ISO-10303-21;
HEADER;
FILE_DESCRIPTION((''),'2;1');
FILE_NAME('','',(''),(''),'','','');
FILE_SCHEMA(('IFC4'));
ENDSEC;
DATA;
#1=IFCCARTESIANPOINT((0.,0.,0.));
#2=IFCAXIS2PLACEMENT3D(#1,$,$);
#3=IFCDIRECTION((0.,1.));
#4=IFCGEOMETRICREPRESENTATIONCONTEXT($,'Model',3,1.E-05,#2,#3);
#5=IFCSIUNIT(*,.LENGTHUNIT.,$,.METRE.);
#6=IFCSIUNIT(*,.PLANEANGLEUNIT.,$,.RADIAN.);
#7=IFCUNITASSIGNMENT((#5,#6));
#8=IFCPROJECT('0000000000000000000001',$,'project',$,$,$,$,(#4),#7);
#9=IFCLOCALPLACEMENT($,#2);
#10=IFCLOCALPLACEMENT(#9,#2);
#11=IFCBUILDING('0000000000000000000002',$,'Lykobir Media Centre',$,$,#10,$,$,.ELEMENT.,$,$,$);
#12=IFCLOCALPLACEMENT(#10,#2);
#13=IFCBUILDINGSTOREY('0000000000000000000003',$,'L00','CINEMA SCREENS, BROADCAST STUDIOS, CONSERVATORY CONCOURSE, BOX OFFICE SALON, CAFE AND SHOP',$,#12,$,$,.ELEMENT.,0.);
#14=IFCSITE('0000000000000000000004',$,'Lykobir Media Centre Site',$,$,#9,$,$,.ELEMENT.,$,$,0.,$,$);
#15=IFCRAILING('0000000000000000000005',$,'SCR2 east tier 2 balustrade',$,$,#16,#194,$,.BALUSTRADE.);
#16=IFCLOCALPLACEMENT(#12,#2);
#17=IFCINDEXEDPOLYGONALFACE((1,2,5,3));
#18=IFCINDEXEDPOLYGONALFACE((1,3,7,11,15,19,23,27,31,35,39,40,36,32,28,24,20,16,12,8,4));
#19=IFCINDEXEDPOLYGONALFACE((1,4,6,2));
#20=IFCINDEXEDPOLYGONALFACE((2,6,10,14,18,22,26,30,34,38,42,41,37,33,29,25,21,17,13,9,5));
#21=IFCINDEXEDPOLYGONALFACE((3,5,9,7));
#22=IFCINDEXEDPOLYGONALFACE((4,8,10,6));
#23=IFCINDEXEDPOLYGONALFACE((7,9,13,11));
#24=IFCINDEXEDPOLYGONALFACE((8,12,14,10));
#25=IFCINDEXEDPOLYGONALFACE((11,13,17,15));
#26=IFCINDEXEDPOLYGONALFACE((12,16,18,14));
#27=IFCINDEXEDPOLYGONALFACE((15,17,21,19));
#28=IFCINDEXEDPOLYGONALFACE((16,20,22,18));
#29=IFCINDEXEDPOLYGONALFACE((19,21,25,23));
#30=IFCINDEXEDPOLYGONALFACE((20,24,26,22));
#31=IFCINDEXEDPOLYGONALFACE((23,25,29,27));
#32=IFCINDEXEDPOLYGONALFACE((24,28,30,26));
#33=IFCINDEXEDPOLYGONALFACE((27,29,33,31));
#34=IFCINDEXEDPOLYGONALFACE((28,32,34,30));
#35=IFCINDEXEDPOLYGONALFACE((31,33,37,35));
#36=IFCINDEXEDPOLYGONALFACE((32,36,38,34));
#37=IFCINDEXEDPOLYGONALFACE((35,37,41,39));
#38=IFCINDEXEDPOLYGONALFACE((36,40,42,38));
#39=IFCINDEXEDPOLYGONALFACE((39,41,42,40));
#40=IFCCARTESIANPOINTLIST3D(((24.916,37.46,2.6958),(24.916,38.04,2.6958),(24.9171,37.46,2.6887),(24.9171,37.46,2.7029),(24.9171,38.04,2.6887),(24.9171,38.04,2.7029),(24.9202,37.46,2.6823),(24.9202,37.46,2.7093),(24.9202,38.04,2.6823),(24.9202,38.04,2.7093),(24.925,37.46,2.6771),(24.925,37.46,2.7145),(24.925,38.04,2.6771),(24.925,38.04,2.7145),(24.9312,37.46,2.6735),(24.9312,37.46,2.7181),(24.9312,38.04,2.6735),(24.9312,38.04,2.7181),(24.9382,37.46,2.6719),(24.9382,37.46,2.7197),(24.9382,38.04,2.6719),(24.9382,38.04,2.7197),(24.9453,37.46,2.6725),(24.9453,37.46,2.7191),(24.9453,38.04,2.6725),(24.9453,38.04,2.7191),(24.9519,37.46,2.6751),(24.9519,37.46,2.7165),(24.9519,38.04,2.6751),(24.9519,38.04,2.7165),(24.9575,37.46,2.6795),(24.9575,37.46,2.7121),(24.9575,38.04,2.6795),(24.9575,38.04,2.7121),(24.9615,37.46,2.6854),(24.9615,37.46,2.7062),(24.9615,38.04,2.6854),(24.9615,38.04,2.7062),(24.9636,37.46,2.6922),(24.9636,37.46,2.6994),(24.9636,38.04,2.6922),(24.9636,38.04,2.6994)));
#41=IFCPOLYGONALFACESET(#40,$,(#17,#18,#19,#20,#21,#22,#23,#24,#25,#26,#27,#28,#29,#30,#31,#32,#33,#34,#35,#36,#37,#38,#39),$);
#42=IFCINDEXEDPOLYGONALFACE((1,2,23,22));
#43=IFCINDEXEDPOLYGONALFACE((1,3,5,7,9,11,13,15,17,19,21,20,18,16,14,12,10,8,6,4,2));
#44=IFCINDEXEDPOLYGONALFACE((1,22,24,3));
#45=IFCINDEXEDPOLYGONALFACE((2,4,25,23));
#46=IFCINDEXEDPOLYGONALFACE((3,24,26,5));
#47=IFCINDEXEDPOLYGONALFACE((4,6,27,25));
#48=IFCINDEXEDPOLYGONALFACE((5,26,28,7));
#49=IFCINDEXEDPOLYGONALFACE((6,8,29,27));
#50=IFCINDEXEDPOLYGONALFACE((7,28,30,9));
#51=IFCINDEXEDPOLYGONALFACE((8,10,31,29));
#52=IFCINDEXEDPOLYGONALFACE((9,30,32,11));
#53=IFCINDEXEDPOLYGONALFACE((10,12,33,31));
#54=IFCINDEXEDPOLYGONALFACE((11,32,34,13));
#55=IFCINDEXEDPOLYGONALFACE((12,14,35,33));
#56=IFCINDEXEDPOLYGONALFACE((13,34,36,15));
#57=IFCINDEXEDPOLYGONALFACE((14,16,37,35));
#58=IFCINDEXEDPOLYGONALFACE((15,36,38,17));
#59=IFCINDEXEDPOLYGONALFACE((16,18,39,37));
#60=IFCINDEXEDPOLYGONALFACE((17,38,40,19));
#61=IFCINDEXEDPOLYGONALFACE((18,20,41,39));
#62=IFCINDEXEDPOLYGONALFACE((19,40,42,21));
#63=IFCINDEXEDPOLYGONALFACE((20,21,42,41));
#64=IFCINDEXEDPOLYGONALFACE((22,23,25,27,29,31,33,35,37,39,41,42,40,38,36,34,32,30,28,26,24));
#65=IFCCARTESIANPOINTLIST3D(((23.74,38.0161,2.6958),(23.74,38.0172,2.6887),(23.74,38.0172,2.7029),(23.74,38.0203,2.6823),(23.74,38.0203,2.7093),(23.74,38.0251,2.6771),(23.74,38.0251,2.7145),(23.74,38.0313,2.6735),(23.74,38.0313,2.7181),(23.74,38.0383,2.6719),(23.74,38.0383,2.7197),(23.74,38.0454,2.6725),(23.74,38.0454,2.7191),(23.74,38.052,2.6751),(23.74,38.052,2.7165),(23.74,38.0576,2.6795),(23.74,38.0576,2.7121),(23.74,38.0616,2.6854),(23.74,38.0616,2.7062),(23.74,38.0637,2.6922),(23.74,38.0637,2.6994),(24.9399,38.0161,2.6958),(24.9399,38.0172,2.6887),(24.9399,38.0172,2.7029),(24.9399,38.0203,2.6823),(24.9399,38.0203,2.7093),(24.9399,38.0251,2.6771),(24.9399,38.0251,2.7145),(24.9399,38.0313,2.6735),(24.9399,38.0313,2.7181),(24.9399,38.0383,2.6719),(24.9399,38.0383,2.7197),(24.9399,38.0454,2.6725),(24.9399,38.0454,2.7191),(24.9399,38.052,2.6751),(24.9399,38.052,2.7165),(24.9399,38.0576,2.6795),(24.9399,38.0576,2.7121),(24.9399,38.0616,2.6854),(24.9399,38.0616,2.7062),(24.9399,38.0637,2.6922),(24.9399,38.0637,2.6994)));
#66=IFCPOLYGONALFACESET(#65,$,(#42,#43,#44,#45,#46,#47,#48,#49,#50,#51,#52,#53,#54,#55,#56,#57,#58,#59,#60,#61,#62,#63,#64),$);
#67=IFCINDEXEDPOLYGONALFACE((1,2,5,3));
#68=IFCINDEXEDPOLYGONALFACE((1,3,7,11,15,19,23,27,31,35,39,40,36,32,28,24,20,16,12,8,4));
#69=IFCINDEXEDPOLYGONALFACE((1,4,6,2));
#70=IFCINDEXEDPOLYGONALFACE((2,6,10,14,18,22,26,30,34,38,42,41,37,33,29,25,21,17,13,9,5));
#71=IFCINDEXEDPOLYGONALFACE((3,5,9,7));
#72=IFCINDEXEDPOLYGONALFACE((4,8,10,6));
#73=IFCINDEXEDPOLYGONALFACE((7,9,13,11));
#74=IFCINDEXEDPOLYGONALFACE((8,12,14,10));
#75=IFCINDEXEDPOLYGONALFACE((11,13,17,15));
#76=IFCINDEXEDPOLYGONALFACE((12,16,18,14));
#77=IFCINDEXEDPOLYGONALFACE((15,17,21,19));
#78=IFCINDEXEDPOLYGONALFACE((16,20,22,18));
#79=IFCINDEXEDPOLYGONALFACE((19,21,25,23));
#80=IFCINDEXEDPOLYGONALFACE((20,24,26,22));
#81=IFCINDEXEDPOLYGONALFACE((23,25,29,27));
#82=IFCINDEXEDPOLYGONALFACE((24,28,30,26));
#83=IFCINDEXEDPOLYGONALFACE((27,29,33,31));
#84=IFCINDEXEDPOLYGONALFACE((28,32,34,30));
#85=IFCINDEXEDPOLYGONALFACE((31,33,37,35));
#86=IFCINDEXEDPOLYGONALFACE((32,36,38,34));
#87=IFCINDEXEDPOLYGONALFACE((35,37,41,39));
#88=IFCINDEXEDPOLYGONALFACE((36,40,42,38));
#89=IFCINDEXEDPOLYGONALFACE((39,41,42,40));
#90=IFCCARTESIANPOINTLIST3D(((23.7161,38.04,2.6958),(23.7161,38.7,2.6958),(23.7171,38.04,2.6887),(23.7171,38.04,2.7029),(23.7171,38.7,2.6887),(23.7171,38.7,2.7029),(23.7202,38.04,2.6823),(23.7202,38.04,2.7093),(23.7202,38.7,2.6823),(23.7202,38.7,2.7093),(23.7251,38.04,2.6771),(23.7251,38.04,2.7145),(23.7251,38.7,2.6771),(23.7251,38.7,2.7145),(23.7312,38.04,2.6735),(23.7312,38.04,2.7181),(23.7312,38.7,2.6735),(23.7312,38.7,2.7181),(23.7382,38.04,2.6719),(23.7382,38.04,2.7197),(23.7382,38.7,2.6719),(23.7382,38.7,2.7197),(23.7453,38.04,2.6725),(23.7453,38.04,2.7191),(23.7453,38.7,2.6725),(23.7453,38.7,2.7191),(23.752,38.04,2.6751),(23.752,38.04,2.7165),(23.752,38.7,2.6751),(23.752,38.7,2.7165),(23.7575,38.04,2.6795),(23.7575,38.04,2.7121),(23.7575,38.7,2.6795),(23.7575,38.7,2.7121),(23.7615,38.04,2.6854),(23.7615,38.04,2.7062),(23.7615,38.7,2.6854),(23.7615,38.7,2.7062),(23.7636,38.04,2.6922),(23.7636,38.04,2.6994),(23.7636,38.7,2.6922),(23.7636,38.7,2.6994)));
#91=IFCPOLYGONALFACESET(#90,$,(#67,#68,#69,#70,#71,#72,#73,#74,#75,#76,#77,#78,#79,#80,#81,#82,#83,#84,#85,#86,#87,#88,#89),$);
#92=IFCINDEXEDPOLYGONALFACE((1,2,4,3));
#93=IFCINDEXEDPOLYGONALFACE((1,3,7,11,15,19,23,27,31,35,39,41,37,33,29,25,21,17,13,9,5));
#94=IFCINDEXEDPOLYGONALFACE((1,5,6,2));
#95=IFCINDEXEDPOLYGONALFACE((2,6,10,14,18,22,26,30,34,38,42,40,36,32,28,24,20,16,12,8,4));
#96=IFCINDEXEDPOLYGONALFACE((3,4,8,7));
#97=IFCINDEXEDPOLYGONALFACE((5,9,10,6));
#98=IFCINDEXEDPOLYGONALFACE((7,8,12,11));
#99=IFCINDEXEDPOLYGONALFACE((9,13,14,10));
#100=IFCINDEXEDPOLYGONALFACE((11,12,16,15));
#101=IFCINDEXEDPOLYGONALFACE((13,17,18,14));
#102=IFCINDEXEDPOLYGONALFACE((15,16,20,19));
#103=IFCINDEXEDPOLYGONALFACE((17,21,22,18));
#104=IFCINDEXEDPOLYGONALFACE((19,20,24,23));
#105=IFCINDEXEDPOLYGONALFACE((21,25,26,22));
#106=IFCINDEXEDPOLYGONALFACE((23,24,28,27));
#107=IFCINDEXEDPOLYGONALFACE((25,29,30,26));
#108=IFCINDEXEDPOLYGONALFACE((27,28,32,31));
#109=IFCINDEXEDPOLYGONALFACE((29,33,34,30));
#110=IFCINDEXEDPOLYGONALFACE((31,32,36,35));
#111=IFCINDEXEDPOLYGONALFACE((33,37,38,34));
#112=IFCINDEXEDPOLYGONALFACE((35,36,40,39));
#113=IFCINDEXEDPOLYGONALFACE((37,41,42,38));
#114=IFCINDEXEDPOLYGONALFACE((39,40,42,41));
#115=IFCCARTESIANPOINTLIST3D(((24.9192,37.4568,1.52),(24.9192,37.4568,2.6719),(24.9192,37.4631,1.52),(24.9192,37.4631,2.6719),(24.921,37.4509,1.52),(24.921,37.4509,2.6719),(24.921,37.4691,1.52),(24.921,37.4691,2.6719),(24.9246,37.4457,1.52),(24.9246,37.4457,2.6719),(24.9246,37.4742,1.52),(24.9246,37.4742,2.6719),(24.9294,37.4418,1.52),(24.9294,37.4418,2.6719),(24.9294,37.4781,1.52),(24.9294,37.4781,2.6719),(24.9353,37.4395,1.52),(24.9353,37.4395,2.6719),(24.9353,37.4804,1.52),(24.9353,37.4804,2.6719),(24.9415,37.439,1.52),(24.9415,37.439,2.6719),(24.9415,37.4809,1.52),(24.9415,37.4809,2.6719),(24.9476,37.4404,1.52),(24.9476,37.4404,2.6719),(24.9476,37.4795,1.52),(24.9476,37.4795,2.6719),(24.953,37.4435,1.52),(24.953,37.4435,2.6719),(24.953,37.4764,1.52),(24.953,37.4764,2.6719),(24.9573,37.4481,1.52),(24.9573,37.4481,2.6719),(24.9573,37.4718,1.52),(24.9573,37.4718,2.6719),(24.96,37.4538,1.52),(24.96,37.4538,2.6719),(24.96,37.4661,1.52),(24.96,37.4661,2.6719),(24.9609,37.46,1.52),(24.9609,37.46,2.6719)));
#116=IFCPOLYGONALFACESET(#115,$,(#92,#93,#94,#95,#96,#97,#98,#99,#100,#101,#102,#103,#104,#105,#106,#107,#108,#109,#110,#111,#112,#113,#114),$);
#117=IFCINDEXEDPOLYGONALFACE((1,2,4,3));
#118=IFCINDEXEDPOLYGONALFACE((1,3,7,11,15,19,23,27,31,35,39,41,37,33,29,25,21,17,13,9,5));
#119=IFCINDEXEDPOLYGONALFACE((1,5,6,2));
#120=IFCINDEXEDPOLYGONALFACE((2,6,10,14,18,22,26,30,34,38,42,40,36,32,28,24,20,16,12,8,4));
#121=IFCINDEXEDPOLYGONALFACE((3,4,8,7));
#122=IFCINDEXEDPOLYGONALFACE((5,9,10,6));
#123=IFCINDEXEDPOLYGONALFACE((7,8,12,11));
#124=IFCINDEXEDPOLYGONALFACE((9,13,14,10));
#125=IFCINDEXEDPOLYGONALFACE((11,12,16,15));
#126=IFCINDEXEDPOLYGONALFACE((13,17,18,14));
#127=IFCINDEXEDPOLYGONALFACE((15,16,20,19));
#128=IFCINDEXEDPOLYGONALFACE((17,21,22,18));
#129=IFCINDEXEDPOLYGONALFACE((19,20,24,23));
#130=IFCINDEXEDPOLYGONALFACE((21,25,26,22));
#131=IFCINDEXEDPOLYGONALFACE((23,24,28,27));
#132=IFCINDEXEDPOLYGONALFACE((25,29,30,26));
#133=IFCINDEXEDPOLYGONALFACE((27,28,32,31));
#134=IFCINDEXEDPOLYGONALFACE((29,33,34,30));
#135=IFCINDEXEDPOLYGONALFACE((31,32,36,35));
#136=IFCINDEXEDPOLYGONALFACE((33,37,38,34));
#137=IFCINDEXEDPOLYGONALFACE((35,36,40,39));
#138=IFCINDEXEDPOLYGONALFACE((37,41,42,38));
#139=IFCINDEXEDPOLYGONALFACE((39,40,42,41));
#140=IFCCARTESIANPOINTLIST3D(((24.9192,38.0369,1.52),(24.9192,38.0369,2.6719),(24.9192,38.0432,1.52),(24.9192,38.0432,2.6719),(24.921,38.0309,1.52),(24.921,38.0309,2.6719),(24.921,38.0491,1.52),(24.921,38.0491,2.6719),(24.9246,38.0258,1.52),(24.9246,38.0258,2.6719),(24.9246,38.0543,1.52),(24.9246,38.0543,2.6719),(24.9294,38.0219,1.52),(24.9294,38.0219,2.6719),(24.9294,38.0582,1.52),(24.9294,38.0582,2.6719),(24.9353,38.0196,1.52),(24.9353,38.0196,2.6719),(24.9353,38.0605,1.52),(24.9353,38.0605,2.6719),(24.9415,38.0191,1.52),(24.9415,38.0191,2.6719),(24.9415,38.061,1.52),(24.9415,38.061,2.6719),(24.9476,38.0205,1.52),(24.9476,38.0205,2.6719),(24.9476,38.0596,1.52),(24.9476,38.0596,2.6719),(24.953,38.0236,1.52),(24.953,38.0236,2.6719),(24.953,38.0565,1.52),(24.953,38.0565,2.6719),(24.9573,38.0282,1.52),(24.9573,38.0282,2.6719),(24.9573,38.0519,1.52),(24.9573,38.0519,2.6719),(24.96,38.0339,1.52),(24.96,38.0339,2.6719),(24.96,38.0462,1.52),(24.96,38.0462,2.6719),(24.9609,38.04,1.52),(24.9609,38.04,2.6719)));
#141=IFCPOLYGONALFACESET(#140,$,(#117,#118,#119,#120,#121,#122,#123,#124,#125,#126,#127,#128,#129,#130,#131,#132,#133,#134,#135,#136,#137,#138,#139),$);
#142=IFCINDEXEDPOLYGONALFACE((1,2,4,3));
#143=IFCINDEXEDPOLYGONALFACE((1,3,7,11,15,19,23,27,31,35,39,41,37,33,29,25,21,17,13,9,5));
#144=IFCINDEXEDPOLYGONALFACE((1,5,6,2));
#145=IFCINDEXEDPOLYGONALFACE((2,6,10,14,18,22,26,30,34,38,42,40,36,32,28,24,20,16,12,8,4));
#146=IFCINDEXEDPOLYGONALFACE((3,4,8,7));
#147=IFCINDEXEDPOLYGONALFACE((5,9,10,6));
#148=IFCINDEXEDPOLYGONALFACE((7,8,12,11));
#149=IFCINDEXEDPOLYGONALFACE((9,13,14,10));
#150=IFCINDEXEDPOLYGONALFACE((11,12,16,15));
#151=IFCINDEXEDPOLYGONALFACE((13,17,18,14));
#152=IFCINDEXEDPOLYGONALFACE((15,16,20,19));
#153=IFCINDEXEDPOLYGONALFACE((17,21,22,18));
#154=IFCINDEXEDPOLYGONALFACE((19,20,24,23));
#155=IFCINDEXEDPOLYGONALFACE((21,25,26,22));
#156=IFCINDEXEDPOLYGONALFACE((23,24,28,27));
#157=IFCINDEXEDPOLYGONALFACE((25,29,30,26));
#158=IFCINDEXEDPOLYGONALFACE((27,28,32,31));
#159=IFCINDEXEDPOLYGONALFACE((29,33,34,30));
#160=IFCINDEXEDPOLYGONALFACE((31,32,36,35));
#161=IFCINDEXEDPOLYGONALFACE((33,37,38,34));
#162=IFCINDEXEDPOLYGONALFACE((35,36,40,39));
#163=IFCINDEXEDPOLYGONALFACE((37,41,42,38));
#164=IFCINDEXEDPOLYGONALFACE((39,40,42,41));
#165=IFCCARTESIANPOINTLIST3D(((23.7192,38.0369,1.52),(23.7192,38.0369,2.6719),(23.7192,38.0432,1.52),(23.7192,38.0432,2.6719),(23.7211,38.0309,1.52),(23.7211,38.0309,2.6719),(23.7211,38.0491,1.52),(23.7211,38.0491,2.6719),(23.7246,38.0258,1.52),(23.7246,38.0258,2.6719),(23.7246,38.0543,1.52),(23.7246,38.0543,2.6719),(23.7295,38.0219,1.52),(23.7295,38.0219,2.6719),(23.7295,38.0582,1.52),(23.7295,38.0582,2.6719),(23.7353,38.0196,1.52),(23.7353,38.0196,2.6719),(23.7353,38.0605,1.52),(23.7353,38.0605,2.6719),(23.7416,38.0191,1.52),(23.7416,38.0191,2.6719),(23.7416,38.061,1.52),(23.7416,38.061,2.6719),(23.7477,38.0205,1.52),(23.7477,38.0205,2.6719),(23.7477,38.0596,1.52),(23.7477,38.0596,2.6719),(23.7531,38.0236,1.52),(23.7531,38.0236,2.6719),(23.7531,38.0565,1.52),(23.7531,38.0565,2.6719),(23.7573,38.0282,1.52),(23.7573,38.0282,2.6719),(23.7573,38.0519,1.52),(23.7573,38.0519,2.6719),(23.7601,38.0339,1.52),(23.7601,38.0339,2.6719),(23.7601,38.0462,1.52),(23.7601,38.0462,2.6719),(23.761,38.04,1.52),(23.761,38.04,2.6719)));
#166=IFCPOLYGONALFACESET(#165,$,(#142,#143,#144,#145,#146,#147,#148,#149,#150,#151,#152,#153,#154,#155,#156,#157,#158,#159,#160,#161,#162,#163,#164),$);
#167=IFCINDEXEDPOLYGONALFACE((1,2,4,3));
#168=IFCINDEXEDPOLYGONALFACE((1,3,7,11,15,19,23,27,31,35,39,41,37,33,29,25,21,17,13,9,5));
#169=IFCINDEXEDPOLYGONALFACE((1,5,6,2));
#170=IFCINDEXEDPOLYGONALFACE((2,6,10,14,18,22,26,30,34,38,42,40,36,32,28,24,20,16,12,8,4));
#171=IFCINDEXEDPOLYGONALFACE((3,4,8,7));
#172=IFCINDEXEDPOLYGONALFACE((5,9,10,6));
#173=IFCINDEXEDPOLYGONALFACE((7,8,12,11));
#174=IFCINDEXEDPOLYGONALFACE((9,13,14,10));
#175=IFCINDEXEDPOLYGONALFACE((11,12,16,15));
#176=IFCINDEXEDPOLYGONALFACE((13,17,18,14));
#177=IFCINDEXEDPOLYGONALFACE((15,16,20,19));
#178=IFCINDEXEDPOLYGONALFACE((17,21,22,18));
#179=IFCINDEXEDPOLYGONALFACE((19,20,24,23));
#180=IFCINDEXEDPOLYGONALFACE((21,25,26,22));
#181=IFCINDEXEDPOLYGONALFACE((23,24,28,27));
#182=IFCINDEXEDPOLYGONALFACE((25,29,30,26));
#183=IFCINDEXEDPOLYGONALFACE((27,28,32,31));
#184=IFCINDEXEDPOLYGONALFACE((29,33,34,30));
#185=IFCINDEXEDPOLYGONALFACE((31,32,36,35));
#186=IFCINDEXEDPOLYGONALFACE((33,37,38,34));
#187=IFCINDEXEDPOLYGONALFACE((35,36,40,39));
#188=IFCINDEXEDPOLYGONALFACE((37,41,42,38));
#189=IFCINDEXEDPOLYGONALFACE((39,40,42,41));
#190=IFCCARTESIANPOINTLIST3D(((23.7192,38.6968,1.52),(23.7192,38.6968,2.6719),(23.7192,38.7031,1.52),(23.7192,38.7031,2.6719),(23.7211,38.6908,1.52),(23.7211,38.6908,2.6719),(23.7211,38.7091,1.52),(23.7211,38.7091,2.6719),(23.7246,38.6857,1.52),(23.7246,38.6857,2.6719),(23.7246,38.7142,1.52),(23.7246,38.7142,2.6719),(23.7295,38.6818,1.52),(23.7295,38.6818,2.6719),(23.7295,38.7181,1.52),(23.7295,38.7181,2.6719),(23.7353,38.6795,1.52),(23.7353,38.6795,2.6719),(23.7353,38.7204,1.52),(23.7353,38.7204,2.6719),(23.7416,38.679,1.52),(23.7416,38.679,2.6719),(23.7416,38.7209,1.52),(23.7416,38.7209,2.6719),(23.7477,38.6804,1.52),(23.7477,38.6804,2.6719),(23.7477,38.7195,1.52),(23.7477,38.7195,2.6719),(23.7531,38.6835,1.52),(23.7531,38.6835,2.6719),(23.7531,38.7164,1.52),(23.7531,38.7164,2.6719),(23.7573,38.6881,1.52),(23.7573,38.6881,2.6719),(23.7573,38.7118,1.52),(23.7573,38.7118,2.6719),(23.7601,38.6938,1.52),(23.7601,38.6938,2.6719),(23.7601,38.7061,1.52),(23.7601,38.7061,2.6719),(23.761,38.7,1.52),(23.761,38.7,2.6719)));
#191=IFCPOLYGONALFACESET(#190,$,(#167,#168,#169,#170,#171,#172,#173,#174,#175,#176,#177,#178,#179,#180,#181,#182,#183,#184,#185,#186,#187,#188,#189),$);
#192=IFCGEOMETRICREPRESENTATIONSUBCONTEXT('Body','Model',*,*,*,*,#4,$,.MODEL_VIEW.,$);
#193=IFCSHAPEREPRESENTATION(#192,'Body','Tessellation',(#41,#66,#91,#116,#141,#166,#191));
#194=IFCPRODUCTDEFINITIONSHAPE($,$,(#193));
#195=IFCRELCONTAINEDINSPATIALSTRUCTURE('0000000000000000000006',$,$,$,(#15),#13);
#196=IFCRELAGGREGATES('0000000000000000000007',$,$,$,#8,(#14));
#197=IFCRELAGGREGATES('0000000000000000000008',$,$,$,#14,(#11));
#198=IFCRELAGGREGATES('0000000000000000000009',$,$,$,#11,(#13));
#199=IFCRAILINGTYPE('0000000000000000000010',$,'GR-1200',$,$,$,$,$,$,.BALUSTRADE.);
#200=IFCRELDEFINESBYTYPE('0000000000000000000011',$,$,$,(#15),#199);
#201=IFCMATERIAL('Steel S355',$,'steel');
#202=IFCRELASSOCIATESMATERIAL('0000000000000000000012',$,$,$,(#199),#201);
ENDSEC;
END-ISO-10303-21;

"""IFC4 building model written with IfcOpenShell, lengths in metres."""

from ifc_helpers import new_model, si_unit, direction, frame, origin, origin_2d, place, context, subcontext, project, spatial, circle, extrude, material, type_object, element, save


model = new_model("IFC4")

# Units and contexts
model_context = context("Model", 3, precision=1e-05, world=origin(), true_north=direction((0.0, 1.0)))
body_context = subcontext(model_context, "Body", "Model", "MODEL_VIEW")
ifc_project = project(units=[si_unit("LENGTHUNIT", "METRE"), si_unit("PLANEANGLEUNIT", "RADIAN")], contexts=[model_context])

# Site, building, storey
site_placement = place(None, origin())
site = spatial("IfcSite", under=ifc_project, at=site_placement, Name="Lykobir Media Centre Site", CompositionType="ELEMENT", RefElevation=0.0)
building_placement = place(site_placement, origin())
building = spatial("IfcBuilding", under=site, at=building_placement, Name="Lykobir Media Centre", CompositionType="ELEMENT")
storey_placement = place(building_placement, origin())
storey = spatial("IfcBuildingStorey", under=building, at=storey_placement, Name="L00", Description="CINEMA SCREENS, BROADCAST STUDIOS, CONSERVATORY CONCOURSE, BOX OFFICE SALON, CAFE AND SHOP", CompositionType="ELEMENT", Elevation=0.0)

# Shared definitions
ifc_material_1 = material(Name="Steel S355", Category="steel")

# Railing
railing_type = type_object("IfcRailingType", Name="GR-1200", PredefinedType="BALUSTRADE", material=ifc_material_1)
railing_1_placement = place(storey_placement, frame((24.9399, 37.46, 1.52)))
element("IfcRailing", 1, at=railing_1_placement, inside=storey, type_object=railing_type, Name="SCR2 east tier 2 balustrade", PredefinedType="BALUSTRADE", context=body_context, shape_type="SweptSolid", body=[
    extrude(circle(Radius=0.0239, at=origin_2d()), frame((0.0, 0.0, 1.1758), z_axis=(0.0, 1.0, 0.0), x_axis=(-1.0, 0.0, 0.0)), (0.0, 0.0, 1.0), 0.5801),
    extrude(circle(Radius=0.0239, at=origin_2d()), frame((0.0, 0.5801, 1.1758), z_axis=(-1.0, 0.0, 0.0), x_axis=(0.0, -1.0, 0.0)), (0.0, 0.0, 1.0), 1.2),
    extrude(circle(Radius=0.0239, at=origin_2d()), frame((-1.2, 0.5801, 1.1758), z_axis=(0.0, 1.0, 0.0), x_axis=(-1.0, 0.0, 0.0)), (0.0, 0.0, 1.0), 0.6599),
    extrude(circle(Radius=0.021, at=origin_2d()), origin(), (0.0, 0.0, 1.0), 1.1519),
    extrude(circle(Radius=0.021, at=origin_2d()), frame((0.0, 0.5801, 0.0)), (0.0, 0.0, 1.0), 1.1519),
    extrude(circle(Radius=0.021, at=origin_2d()), frame((-1.2, 0.5801, 0.0)), (0.0, 0.0, 1.0), 1.1519),
    extrude(circle(Radius=0.021, at=origin_2d()), frame((-1.2, 1.24, 0.0)), (0.0, 0.0, 1.0), 1.1519),
])

save(model, "model.ifc")
